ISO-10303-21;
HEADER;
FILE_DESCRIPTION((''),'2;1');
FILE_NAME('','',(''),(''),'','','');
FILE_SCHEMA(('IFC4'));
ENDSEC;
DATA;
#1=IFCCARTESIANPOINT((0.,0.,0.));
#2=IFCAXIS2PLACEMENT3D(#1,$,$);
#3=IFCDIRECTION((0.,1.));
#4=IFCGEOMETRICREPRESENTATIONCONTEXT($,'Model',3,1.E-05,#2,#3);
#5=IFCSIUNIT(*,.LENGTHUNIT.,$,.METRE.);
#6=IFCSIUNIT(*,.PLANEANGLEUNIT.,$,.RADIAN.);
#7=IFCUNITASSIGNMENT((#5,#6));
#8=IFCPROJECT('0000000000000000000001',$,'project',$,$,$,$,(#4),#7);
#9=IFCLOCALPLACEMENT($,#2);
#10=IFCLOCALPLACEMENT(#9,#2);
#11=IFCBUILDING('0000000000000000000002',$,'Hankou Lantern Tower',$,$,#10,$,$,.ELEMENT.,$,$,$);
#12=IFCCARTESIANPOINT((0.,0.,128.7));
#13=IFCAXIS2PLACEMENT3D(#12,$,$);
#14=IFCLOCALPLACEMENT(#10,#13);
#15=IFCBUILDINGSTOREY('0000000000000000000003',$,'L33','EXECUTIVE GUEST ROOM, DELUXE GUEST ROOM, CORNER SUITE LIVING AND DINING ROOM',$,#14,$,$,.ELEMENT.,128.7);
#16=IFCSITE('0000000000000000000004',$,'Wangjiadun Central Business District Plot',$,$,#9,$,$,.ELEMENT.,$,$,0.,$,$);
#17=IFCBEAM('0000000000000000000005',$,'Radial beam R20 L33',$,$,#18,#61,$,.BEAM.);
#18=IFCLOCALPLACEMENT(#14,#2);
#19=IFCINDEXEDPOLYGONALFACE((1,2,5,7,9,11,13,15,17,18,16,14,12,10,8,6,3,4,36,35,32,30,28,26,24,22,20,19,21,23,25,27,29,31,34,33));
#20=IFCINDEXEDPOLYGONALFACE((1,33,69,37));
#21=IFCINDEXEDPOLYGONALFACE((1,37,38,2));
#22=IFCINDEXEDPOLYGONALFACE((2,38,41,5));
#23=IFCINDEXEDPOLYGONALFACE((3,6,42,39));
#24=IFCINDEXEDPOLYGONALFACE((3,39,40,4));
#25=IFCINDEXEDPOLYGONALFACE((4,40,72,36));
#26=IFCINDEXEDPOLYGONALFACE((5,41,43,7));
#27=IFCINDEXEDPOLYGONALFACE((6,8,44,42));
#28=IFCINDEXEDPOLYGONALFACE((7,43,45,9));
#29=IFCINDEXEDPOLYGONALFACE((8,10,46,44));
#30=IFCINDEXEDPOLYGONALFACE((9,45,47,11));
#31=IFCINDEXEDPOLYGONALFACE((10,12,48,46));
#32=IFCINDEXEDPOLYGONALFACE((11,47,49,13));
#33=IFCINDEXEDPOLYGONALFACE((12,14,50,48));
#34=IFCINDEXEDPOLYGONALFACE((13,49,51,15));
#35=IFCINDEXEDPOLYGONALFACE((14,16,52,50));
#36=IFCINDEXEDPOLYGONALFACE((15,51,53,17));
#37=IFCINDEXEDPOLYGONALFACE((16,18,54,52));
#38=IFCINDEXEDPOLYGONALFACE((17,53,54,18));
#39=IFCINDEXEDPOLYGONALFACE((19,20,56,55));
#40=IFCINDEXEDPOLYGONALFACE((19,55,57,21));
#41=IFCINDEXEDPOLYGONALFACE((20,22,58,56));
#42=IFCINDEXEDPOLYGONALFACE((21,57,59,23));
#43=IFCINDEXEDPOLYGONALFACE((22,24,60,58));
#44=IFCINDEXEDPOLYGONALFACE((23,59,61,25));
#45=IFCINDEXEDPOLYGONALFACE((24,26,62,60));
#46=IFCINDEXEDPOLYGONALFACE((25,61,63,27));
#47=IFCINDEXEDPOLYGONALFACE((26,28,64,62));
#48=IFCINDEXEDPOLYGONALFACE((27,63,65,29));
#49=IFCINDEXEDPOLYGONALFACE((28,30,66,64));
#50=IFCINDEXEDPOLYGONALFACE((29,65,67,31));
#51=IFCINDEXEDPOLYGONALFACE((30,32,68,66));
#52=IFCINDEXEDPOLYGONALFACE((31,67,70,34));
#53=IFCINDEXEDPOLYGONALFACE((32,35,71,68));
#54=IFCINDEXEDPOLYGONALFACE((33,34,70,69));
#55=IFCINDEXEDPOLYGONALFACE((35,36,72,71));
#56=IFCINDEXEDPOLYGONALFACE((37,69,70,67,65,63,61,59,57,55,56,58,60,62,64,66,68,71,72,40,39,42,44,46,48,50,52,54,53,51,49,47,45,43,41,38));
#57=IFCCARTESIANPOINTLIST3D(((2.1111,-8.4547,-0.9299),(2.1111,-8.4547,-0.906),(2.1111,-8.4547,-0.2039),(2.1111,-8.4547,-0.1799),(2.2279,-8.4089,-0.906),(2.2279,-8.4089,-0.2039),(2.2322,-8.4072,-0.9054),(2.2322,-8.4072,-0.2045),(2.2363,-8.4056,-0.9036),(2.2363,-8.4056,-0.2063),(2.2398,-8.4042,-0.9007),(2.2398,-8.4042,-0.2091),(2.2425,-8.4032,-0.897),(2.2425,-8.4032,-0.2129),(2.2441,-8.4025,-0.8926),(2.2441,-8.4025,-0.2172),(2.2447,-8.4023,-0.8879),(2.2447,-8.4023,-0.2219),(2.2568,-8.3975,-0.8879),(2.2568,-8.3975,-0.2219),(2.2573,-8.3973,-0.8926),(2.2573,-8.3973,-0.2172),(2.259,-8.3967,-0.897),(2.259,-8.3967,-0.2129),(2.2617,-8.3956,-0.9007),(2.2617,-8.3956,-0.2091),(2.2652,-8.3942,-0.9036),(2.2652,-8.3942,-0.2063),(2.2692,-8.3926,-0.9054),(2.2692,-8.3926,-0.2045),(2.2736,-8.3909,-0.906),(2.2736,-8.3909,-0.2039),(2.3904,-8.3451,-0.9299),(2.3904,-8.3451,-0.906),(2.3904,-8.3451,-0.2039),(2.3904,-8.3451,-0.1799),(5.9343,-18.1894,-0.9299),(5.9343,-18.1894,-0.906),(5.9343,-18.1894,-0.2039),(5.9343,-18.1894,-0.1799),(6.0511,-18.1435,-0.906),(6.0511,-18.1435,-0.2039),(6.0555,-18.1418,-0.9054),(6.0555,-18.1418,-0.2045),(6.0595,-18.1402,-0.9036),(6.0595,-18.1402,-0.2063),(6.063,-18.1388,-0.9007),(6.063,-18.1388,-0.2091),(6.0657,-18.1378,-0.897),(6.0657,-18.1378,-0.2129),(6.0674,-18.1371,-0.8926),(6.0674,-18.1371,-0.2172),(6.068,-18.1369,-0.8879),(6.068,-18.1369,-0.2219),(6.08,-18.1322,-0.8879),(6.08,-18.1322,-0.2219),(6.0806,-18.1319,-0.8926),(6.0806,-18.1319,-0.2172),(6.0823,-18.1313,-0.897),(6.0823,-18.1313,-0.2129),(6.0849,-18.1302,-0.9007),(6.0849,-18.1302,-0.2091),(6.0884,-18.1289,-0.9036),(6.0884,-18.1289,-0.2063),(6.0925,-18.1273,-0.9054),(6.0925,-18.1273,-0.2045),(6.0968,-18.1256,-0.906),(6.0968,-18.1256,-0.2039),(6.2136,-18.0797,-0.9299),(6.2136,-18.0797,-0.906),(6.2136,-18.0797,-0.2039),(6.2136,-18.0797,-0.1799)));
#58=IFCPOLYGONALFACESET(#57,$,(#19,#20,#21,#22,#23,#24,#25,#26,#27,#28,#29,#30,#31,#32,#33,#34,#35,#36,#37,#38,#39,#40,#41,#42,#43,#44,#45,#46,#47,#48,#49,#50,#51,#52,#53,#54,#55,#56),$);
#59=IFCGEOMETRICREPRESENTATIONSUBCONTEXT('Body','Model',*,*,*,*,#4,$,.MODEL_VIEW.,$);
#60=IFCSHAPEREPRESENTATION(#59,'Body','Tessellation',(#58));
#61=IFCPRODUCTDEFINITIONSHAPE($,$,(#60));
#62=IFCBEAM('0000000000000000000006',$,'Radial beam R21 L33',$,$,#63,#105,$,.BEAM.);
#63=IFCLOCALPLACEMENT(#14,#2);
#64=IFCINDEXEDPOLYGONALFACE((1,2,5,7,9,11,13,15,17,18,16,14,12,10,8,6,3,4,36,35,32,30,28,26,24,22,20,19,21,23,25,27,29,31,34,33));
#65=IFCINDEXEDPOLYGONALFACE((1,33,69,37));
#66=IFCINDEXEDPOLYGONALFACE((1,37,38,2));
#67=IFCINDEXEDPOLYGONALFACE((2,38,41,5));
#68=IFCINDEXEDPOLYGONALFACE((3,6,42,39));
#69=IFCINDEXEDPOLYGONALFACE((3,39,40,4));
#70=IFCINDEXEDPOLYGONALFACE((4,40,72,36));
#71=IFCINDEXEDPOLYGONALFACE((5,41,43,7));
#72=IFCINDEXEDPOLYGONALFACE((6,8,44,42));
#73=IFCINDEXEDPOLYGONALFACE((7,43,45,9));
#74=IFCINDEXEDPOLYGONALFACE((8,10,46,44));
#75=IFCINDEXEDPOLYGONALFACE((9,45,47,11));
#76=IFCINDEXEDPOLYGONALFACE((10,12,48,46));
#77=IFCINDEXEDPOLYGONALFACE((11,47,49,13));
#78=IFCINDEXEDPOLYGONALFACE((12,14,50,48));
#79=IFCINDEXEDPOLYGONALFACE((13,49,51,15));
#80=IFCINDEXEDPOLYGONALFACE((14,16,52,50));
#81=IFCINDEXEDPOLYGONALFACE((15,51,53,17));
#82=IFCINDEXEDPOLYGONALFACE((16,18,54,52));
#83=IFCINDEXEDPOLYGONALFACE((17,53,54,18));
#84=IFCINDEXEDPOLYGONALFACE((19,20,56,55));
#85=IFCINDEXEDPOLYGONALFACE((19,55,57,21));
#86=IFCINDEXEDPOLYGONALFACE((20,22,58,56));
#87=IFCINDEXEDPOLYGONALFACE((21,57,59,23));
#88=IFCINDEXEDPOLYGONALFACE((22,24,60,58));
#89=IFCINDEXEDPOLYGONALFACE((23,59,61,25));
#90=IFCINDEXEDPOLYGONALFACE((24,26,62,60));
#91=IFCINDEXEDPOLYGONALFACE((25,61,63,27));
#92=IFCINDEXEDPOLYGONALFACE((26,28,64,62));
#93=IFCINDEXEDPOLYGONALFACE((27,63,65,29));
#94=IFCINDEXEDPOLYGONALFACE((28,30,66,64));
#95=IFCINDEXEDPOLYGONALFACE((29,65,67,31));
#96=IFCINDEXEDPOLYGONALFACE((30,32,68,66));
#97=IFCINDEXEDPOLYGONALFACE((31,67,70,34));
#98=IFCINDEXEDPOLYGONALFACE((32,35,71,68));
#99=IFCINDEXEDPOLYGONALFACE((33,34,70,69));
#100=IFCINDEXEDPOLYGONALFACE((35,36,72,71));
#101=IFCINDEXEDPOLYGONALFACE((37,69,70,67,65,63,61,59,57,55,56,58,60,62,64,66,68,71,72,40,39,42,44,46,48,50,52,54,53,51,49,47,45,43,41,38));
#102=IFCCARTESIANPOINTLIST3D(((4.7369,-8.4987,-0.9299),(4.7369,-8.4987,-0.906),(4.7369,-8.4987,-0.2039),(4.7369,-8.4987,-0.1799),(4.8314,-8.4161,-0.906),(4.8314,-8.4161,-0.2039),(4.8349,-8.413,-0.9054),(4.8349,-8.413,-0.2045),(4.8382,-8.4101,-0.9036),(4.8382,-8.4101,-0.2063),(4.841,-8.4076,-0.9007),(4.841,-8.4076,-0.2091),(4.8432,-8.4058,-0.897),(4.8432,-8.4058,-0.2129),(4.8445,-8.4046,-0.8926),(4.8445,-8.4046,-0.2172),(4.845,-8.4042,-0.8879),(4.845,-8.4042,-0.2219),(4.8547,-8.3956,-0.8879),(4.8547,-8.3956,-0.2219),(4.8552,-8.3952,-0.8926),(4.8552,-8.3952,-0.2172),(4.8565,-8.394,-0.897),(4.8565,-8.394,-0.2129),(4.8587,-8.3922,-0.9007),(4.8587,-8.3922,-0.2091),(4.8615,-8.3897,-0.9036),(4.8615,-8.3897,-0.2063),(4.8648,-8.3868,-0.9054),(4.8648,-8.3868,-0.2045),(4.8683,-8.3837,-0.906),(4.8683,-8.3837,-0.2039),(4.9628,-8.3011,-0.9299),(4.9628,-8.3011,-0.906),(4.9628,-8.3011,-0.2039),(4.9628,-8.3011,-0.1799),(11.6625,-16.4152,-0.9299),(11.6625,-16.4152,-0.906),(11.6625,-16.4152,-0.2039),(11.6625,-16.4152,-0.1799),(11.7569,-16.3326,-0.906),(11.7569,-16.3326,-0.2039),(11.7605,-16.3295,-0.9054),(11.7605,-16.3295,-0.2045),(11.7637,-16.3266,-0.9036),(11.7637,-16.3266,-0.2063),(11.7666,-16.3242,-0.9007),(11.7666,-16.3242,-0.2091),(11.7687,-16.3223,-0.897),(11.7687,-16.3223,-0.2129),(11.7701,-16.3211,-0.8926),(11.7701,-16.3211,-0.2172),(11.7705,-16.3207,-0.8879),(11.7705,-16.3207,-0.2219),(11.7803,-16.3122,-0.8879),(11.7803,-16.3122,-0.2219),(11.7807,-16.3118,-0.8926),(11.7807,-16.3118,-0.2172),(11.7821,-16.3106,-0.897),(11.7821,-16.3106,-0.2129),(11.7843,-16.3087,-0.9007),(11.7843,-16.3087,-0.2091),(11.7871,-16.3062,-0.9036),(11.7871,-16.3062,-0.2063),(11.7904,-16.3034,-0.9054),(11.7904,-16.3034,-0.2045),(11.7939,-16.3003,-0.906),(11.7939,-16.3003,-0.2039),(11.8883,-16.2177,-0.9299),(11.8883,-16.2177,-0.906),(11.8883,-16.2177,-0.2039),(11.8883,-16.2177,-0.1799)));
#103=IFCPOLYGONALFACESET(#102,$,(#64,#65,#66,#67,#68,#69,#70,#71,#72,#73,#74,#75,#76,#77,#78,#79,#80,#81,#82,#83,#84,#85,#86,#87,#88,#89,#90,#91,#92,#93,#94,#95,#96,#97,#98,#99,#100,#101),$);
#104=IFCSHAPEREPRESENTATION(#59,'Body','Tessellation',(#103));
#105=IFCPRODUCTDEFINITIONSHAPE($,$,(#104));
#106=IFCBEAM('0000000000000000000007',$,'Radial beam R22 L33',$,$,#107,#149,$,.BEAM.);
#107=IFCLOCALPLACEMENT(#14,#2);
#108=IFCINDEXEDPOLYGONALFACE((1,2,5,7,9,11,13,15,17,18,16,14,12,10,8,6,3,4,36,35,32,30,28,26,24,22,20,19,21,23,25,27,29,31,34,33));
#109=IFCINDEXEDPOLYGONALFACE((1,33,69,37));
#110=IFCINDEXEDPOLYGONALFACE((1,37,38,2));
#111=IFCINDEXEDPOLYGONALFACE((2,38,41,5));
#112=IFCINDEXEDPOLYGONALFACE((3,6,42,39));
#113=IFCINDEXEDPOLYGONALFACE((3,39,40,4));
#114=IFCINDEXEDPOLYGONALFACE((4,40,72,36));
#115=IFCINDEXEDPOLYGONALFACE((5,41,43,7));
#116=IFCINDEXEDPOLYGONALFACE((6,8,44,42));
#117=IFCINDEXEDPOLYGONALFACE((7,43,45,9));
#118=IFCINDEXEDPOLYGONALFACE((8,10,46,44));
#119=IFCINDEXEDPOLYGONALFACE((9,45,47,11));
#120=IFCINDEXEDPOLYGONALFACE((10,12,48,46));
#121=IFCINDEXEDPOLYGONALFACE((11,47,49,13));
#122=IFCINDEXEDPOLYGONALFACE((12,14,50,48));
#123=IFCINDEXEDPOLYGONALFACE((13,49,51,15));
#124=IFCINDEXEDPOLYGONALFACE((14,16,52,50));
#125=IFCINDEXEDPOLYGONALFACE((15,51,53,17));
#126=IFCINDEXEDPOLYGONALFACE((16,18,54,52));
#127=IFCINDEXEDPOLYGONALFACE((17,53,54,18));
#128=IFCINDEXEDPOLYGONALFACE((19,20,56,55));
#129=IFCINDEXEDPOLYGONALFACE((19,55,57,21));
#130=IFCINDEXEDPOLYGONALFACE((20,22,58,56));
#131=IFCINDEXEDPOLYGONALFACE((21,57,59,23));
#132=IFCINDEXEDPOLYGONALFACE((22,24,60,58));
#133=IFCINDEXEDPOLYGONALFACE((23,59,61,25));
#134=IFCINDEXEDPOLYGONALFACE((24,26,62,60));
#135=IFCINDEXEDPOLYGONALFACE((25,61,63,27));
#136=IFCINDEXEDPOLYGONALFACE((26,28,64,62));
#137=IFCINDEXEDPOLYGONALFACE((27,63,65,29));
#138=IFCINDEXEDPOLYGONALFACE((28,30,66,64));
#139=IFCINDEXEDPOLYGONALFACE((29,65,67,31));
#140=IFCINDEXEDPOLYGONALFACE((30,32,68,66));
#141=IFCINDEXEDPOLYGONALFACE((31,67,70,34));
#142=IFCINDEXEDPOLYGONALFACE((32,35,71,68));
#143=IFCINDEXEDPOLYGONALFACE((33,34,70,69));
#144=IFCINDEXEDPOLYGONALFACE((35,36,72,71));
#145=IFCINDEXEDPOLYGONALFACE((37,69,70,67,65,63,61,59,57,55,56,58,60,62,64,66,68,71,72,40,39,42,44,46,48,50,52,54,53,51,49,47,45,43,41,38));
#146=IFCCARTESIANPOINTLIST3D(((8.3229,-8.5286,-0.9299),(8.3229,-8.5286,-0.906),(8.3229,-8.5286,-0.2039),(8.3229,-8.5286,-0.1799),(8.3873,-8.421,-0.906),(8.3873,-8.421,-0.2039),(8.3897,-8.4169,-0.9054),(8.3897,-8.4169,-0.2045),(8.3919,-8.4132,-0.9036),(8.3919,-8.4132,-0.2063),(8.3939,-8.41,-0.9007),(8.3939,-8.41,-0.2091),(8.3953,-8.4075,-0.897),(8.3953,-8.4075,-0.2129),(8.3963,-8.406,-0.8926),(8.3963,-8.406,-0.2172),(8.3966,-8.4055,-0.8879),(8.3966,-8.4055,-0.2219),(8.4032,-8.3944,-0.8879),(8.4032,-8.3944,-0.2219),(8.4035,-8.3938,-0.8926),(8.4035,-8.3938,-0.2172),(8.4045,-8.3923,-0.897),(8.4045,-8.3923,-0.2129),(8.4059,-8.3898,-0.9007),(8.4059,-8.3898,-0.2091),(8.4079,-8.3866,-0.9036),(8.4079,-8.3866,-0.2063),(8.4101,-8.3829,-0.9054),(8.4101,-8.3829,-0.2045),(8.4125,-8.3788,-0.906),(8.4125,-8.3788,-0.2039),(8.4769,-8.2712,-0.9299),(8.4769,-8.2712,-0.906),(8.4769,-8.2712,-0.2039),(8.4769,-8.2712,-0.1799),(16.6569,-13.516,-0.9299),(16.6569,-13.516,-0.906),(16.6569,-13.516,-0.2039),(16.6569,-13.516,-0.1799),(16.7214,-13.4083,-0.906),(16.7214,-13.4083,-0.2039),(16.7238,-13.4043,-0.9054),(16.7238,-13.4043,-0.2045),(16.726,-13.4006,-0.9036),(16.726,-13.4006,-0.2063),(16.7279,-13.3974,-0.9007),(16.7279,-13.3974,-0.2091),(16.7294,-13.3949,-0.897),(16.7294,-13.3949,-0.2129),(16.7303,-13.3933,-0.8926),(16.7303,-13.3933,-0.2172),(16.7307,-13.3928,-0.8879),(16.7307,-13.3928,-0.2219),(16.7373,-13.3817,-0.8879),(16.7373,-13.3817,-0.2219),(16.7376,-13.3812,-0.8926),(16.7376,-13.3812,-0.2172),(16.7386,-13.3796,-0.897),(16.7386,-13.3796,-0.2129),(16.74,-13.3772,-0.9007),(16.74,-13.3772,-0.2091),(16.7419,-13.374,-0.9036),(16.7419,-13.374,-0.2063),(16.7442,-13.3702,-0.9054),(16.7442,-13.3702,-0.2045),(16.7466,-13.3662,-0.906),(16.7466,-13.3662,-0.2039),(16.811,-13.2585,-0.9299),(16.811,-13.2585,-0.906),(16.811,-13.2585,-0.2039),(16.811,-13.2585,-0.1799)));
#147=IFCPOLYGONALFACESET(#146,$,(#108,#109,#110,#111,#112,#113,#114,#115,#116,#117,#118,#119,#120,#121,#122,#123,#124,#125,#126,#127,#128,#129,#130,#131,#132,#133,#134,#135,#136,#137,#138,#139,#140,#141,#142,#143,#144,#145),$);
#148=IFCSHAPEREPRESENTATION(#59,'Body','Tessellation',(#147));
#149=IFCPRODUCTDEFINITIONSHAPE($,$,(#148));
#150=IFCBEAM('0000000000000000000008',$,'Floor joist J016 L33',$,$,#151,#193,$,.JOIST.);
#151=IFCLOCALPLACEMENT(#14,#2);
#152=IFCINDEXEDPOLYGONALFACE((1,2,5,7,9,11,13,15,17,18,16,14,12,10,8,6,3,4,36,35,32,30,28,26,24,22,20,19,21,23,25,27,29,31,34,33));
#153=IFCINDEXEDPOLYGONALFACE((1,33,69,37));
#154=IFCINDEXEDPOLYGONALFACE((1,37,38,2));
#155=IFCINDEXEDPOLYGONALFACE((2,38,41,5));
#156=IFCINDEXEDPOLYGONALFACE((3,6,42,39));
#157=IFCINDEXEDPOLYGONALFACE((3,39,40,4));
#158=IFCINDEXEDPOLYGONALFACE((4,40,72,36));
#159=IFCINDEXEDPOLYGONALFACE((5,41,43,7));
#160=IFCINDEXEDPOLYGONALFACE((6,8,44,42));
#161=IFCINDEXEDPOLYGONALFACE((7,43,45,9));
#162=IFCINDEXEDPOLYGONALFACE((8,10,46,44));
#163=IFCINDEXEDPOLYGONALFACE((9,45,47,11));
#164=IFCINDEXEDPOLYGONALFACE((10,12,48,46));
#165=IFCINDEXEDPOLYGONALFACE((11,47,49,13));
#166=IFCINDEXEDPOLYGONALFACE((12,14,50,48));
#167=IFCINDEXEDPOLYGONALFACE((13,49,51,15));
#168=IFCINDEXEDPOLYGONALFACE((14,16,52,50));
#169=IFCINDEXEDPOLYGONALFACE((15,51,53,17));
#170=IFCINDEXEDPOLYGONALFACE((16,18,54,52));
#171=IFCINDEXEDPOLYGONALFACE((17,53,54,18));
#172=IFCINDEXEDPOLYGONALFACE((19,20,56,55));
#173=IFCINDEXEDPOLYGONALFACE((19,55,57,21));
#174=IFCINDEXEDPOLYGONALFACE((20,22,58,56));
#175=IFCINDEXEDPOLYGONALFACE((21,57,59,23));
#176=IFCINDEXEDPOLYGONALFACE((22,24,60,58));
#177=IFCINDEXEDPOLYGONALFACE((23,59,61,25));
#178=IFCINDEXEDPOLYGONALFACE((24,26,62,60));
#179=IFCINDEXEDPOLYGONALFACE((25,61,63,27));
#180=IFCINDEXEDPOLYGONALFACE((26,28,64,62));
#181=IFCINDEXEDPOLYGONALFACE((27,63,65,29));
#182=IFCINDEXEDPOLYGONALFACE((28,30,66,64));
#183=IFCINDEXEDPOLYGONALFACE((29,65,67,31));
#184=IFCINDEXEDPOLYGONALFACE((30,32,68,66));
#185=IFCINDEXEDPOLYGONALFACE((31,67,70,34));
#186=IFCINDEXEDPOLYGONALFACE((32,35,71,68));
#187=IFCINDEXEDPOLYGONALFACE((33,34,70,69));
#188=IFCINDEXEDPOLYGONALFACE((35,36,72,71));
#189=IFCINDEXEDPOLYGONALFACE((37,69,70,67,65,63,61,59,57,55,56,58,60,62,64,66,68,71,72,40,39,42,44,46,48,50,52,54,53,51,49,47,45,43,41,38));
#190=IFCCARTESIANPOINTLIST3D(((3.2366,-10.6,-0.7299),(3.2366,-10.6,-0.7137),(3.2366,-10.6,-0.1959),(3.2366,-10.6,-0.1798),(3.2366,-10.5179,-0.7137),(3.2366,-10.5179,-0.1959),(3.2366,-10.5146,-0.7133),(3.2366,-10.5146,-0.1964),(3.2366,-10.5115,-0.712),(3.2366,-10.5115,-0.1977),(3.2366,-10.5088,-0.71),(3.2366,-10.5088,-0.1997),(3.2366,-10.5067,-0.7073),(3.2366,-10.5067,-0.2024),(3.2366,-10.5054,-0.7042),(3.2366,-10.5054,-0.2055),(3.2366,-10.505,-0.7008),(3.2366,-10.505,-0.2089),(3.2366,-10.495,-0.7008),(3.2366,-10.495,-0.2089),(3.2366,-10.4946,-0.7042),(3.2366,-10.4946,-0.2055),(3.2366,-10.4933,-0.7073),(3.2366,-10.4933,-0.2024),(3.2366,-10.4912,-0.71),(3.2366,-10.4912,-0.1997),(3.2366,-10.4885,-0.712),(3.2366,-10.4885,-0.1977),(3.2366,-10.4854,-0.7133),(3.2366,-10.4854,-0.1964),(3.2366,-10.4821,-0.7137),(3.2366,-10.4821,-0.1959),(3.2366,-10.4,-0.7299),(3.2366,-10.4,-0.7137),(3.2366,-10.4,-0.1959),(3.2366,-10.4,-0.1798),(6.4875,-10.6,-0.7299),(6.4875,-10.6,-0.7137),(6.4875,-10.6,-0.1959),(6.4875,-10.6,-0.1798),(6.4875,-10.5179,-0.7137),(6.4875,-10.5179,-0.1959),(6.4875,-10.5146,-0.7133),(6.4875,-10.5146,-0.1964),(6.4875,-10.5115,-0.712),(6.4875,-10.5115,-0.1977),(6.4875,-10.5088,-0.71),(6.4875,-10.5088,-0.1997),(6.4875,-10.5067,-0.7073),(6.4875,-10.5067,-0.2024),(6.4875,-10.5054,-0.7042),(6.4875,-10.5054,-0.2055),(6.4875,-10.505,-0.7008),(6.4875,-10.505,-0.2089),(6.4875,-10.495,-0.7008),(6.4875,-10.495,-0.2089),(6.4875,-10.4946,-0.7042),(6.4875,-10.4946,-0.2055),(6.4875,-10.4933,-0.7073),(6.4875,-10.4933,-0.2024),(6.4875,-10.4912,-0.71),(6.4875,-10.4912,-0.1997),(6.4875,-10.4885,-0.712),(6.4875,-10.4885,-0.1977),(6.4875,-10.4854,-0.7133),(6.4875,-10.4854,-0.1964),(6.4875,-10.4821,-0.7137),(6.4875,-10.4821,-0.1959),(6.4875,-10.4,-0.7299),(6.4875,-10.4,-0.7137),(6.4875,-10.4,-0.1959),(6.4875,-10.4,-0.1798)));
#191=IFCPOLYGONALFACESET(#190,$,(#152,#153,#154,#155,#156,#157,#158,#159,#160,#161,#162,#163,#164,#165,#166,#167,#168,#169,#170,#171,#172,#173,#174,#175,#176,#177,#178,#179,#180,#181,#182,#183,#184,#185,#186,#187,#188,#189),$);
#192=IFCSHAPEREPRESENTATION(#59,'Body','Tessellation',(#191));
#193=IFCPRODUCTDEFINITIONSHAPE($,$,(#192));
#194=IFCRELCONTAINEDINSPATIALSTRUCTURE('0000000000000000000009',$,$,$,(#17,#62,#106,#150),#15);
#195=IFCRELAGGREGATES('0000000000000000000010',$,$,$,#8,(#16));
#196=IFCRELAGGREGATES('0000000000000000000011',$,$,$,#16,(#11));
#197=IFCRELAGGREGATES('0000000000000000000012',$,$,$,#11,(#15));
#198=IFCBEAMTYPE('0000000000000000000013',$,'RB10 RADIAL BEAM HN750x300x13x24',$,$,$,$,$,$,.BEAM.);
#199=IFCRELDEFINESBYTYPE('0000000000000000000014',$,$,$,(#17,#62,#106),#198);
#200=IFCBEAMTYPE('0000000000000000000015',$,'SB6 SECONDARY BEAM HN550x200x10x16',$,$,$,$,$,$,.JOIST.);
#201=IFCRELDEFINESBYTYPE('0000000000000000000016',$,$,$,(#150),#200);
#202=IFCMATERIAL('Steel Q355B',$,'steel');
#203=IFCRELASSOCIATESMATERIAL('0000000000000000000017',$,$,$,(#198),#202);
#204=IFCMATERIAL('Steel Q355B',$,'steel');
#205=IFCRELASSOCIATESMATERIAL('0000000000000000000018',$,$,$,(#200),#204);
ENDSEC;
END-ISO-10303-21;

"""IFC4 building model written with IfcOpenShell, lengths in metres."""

from ifc_helpers import new_model, si_unit, direction, frame, origin, origin_2d, place, context, subcontext, project, spatial, i_section, extrude, material, material_profile, profile_set, type_object, element, save


model = new_model("IFC4")

# Units and contexts
model_context = context("Model", 3, precision=1e-05, world=origin(), true_north=direction((0.0, 1.0)))
body_context = subcontext(model_context, "Body", "Model", "MODEL_VIEW")
ifc_project = project(units=[si_unit("LENGTHUNIT", "METRE"), si_unit("PLANEANGLEUNIT", "RADIAN")], contexts=[model_context])

# Site, building, storey
site_placement = place(None, origin())
site = spatial("IfcSite", under=ifc_project, at=site_placement, Name="Wangjiadun Central Business District Plot", CompositionType="ELEMENT", RefElevation=0.0)
building_placement = place(site_placement, origin())
building = spatial("IfcBuilding", under=site, at=building_placement, Name="Hankou Lantern Tower", CompositionType="ELEMENT")
storey_placement = place(building_placement, frame((0.0, 0.0, 128.7)))
storey = spatial("IfcBuildingStorey", under=building, at=storey_placement, Name="L33", Description="EXECUTIVE GUEST ROOM, DELUXE GUEST ROOM, CORNER SUITE LIVING AND DINING ROOM", CompositionType="ELEMENT", Elevation=128.7)

# Beams
ifc_material_1 = material(Name="Steel Q355B", Category="steel")
ifc_material_profile_1 = material_profile(ifc_material_1, i_section(OverallWidth=0.3, OverallDepth=0.75, WebThickness=0.0129, FlangeThickness=0.0239, FilletRadius=0.0181, at=origin_2d()), Name="HN750x300x13x24")
ifc_profile_set_1 = profile_set([ifc_material_profile_1], Name="Steel Q355B")
beam_type_1 = type_object("IfcBeamType", Name="RB10 RADIAL BEAM HN750x300x13x24", PredefinedType="BEAM", material=ifc_profile_set_1)
beam_1_placement = place(storey_placement, frame((2.2507, -8.3999, -0.5549), z_axis=(0.365564, -0.930786, 0.0), x_axis=(0.930786, 0.365564, 0.0)))
element("IfcBeam", 1, at=beam_1_placement, inside=storey, type_object=beam_type_1, Name="Radial beam R20 L33", PredefinedType="BEAM", context=body_context, shape_type="SweptSolid", body=[
    extrude(i_section(OverallWidth=0.3, OverallDepth=0.75, WebThickness=0.0129, FlangeThickness=0.0239, FilletRadius=0.0181, at=origin_2d()), origin(), (0.0, 0.0, 1.0), 10.4585),
])
beam_2_placement = place(storey_placement, frame((4.8499, -8.3999, -0.5549), z_axis=(0.658429, -0.752643, 0.0), x_axis=(0.752643, 0.658429, 0.0)))
element("IfcBeam", 2, at=beam_2_placement, inside=storey, type_object=beam_type_1, Name="Radial beam R21 L33", PredefinedType="BEAM", context=body_context, shape_type="SweptSolid", body=[
    extrude(i_section(OverallWidth=0.3, OverallDepth=0.75, WebThickness=0.0129, FlangeThickness=0.0239, FilletRadius=0.0181, at=origin_2d()), origin(), (0.0, 0.0, 1.0), 10.5183),
])
beam_3_placement = place(storey_placement, frame((8.3999, -8.3999, -0.5549), z_axis=(0.858087, -0.513505, 0.0), x_axis=(0.513505, 0.858087, 0.0)))
element("IfcBeam", 3, at=beam_3_placement, inside=storey, type_object=beam_type_1, Name="Radial beam R22 L33", PredefinedType="BEAM", context=body_context, shape_type="SweptSolid", body=[
    extrude(i_section(OverallWidth=0.3, OverallDepth=0.75, WebThickness=0.0129, FlangeThickness=0.0239, FilletRadius=0.0181, at=origin_2d()), origin(), (0.0, 0.0, 1.0), 9.7124),
])
ifc_material_2 = material(Name="Steel Q355B", Category="steel")
ifc_material_profile_2 = material_profile(ifc_material_2, i_section(OverallWidth=0.2, OverallDepth=0.55, WebThickness=0.01, FlangeThickness=0.0161, FilletRadius=0.0129, at=origin_2d()), Name="HN550x200x10x16")
ifc_profile_set_2 = profile_set([ifc_material_profile_2], Name="Steel Q355B")
beam_type_2 = type_object("IfcBeamType", Name="SB6 SECONDARY BEAM HN550x200x10x16", PredefinedType="JOIST", material=ifc_profile_set_2)
beam_4_placement = place(storey_placement, frame((3.2366, -10.5, -0.4548), z_axis=(1.0, 0.0, 0.0), x_axis=(0.0, 1.0, 0.0)))
element("IfcBeam", 4, at=beam_4_placement, inside=storey, type_object=beam_type_2, Name="Floor joist J016 L33", PredefinedType="JOIST", context=body_context, shape_type="SweptSolid", body=[
    extrude(i_section(OverallWidth=0.2, OverallDepth=0.55, WebThickness=0.01, FlangeThickness=0.0161, FilletRadius=0.0129, at=origin_2d()), origin(), (0.0, 0.0, 1.0), 3.251),
])

save(model, "model.ifc")
